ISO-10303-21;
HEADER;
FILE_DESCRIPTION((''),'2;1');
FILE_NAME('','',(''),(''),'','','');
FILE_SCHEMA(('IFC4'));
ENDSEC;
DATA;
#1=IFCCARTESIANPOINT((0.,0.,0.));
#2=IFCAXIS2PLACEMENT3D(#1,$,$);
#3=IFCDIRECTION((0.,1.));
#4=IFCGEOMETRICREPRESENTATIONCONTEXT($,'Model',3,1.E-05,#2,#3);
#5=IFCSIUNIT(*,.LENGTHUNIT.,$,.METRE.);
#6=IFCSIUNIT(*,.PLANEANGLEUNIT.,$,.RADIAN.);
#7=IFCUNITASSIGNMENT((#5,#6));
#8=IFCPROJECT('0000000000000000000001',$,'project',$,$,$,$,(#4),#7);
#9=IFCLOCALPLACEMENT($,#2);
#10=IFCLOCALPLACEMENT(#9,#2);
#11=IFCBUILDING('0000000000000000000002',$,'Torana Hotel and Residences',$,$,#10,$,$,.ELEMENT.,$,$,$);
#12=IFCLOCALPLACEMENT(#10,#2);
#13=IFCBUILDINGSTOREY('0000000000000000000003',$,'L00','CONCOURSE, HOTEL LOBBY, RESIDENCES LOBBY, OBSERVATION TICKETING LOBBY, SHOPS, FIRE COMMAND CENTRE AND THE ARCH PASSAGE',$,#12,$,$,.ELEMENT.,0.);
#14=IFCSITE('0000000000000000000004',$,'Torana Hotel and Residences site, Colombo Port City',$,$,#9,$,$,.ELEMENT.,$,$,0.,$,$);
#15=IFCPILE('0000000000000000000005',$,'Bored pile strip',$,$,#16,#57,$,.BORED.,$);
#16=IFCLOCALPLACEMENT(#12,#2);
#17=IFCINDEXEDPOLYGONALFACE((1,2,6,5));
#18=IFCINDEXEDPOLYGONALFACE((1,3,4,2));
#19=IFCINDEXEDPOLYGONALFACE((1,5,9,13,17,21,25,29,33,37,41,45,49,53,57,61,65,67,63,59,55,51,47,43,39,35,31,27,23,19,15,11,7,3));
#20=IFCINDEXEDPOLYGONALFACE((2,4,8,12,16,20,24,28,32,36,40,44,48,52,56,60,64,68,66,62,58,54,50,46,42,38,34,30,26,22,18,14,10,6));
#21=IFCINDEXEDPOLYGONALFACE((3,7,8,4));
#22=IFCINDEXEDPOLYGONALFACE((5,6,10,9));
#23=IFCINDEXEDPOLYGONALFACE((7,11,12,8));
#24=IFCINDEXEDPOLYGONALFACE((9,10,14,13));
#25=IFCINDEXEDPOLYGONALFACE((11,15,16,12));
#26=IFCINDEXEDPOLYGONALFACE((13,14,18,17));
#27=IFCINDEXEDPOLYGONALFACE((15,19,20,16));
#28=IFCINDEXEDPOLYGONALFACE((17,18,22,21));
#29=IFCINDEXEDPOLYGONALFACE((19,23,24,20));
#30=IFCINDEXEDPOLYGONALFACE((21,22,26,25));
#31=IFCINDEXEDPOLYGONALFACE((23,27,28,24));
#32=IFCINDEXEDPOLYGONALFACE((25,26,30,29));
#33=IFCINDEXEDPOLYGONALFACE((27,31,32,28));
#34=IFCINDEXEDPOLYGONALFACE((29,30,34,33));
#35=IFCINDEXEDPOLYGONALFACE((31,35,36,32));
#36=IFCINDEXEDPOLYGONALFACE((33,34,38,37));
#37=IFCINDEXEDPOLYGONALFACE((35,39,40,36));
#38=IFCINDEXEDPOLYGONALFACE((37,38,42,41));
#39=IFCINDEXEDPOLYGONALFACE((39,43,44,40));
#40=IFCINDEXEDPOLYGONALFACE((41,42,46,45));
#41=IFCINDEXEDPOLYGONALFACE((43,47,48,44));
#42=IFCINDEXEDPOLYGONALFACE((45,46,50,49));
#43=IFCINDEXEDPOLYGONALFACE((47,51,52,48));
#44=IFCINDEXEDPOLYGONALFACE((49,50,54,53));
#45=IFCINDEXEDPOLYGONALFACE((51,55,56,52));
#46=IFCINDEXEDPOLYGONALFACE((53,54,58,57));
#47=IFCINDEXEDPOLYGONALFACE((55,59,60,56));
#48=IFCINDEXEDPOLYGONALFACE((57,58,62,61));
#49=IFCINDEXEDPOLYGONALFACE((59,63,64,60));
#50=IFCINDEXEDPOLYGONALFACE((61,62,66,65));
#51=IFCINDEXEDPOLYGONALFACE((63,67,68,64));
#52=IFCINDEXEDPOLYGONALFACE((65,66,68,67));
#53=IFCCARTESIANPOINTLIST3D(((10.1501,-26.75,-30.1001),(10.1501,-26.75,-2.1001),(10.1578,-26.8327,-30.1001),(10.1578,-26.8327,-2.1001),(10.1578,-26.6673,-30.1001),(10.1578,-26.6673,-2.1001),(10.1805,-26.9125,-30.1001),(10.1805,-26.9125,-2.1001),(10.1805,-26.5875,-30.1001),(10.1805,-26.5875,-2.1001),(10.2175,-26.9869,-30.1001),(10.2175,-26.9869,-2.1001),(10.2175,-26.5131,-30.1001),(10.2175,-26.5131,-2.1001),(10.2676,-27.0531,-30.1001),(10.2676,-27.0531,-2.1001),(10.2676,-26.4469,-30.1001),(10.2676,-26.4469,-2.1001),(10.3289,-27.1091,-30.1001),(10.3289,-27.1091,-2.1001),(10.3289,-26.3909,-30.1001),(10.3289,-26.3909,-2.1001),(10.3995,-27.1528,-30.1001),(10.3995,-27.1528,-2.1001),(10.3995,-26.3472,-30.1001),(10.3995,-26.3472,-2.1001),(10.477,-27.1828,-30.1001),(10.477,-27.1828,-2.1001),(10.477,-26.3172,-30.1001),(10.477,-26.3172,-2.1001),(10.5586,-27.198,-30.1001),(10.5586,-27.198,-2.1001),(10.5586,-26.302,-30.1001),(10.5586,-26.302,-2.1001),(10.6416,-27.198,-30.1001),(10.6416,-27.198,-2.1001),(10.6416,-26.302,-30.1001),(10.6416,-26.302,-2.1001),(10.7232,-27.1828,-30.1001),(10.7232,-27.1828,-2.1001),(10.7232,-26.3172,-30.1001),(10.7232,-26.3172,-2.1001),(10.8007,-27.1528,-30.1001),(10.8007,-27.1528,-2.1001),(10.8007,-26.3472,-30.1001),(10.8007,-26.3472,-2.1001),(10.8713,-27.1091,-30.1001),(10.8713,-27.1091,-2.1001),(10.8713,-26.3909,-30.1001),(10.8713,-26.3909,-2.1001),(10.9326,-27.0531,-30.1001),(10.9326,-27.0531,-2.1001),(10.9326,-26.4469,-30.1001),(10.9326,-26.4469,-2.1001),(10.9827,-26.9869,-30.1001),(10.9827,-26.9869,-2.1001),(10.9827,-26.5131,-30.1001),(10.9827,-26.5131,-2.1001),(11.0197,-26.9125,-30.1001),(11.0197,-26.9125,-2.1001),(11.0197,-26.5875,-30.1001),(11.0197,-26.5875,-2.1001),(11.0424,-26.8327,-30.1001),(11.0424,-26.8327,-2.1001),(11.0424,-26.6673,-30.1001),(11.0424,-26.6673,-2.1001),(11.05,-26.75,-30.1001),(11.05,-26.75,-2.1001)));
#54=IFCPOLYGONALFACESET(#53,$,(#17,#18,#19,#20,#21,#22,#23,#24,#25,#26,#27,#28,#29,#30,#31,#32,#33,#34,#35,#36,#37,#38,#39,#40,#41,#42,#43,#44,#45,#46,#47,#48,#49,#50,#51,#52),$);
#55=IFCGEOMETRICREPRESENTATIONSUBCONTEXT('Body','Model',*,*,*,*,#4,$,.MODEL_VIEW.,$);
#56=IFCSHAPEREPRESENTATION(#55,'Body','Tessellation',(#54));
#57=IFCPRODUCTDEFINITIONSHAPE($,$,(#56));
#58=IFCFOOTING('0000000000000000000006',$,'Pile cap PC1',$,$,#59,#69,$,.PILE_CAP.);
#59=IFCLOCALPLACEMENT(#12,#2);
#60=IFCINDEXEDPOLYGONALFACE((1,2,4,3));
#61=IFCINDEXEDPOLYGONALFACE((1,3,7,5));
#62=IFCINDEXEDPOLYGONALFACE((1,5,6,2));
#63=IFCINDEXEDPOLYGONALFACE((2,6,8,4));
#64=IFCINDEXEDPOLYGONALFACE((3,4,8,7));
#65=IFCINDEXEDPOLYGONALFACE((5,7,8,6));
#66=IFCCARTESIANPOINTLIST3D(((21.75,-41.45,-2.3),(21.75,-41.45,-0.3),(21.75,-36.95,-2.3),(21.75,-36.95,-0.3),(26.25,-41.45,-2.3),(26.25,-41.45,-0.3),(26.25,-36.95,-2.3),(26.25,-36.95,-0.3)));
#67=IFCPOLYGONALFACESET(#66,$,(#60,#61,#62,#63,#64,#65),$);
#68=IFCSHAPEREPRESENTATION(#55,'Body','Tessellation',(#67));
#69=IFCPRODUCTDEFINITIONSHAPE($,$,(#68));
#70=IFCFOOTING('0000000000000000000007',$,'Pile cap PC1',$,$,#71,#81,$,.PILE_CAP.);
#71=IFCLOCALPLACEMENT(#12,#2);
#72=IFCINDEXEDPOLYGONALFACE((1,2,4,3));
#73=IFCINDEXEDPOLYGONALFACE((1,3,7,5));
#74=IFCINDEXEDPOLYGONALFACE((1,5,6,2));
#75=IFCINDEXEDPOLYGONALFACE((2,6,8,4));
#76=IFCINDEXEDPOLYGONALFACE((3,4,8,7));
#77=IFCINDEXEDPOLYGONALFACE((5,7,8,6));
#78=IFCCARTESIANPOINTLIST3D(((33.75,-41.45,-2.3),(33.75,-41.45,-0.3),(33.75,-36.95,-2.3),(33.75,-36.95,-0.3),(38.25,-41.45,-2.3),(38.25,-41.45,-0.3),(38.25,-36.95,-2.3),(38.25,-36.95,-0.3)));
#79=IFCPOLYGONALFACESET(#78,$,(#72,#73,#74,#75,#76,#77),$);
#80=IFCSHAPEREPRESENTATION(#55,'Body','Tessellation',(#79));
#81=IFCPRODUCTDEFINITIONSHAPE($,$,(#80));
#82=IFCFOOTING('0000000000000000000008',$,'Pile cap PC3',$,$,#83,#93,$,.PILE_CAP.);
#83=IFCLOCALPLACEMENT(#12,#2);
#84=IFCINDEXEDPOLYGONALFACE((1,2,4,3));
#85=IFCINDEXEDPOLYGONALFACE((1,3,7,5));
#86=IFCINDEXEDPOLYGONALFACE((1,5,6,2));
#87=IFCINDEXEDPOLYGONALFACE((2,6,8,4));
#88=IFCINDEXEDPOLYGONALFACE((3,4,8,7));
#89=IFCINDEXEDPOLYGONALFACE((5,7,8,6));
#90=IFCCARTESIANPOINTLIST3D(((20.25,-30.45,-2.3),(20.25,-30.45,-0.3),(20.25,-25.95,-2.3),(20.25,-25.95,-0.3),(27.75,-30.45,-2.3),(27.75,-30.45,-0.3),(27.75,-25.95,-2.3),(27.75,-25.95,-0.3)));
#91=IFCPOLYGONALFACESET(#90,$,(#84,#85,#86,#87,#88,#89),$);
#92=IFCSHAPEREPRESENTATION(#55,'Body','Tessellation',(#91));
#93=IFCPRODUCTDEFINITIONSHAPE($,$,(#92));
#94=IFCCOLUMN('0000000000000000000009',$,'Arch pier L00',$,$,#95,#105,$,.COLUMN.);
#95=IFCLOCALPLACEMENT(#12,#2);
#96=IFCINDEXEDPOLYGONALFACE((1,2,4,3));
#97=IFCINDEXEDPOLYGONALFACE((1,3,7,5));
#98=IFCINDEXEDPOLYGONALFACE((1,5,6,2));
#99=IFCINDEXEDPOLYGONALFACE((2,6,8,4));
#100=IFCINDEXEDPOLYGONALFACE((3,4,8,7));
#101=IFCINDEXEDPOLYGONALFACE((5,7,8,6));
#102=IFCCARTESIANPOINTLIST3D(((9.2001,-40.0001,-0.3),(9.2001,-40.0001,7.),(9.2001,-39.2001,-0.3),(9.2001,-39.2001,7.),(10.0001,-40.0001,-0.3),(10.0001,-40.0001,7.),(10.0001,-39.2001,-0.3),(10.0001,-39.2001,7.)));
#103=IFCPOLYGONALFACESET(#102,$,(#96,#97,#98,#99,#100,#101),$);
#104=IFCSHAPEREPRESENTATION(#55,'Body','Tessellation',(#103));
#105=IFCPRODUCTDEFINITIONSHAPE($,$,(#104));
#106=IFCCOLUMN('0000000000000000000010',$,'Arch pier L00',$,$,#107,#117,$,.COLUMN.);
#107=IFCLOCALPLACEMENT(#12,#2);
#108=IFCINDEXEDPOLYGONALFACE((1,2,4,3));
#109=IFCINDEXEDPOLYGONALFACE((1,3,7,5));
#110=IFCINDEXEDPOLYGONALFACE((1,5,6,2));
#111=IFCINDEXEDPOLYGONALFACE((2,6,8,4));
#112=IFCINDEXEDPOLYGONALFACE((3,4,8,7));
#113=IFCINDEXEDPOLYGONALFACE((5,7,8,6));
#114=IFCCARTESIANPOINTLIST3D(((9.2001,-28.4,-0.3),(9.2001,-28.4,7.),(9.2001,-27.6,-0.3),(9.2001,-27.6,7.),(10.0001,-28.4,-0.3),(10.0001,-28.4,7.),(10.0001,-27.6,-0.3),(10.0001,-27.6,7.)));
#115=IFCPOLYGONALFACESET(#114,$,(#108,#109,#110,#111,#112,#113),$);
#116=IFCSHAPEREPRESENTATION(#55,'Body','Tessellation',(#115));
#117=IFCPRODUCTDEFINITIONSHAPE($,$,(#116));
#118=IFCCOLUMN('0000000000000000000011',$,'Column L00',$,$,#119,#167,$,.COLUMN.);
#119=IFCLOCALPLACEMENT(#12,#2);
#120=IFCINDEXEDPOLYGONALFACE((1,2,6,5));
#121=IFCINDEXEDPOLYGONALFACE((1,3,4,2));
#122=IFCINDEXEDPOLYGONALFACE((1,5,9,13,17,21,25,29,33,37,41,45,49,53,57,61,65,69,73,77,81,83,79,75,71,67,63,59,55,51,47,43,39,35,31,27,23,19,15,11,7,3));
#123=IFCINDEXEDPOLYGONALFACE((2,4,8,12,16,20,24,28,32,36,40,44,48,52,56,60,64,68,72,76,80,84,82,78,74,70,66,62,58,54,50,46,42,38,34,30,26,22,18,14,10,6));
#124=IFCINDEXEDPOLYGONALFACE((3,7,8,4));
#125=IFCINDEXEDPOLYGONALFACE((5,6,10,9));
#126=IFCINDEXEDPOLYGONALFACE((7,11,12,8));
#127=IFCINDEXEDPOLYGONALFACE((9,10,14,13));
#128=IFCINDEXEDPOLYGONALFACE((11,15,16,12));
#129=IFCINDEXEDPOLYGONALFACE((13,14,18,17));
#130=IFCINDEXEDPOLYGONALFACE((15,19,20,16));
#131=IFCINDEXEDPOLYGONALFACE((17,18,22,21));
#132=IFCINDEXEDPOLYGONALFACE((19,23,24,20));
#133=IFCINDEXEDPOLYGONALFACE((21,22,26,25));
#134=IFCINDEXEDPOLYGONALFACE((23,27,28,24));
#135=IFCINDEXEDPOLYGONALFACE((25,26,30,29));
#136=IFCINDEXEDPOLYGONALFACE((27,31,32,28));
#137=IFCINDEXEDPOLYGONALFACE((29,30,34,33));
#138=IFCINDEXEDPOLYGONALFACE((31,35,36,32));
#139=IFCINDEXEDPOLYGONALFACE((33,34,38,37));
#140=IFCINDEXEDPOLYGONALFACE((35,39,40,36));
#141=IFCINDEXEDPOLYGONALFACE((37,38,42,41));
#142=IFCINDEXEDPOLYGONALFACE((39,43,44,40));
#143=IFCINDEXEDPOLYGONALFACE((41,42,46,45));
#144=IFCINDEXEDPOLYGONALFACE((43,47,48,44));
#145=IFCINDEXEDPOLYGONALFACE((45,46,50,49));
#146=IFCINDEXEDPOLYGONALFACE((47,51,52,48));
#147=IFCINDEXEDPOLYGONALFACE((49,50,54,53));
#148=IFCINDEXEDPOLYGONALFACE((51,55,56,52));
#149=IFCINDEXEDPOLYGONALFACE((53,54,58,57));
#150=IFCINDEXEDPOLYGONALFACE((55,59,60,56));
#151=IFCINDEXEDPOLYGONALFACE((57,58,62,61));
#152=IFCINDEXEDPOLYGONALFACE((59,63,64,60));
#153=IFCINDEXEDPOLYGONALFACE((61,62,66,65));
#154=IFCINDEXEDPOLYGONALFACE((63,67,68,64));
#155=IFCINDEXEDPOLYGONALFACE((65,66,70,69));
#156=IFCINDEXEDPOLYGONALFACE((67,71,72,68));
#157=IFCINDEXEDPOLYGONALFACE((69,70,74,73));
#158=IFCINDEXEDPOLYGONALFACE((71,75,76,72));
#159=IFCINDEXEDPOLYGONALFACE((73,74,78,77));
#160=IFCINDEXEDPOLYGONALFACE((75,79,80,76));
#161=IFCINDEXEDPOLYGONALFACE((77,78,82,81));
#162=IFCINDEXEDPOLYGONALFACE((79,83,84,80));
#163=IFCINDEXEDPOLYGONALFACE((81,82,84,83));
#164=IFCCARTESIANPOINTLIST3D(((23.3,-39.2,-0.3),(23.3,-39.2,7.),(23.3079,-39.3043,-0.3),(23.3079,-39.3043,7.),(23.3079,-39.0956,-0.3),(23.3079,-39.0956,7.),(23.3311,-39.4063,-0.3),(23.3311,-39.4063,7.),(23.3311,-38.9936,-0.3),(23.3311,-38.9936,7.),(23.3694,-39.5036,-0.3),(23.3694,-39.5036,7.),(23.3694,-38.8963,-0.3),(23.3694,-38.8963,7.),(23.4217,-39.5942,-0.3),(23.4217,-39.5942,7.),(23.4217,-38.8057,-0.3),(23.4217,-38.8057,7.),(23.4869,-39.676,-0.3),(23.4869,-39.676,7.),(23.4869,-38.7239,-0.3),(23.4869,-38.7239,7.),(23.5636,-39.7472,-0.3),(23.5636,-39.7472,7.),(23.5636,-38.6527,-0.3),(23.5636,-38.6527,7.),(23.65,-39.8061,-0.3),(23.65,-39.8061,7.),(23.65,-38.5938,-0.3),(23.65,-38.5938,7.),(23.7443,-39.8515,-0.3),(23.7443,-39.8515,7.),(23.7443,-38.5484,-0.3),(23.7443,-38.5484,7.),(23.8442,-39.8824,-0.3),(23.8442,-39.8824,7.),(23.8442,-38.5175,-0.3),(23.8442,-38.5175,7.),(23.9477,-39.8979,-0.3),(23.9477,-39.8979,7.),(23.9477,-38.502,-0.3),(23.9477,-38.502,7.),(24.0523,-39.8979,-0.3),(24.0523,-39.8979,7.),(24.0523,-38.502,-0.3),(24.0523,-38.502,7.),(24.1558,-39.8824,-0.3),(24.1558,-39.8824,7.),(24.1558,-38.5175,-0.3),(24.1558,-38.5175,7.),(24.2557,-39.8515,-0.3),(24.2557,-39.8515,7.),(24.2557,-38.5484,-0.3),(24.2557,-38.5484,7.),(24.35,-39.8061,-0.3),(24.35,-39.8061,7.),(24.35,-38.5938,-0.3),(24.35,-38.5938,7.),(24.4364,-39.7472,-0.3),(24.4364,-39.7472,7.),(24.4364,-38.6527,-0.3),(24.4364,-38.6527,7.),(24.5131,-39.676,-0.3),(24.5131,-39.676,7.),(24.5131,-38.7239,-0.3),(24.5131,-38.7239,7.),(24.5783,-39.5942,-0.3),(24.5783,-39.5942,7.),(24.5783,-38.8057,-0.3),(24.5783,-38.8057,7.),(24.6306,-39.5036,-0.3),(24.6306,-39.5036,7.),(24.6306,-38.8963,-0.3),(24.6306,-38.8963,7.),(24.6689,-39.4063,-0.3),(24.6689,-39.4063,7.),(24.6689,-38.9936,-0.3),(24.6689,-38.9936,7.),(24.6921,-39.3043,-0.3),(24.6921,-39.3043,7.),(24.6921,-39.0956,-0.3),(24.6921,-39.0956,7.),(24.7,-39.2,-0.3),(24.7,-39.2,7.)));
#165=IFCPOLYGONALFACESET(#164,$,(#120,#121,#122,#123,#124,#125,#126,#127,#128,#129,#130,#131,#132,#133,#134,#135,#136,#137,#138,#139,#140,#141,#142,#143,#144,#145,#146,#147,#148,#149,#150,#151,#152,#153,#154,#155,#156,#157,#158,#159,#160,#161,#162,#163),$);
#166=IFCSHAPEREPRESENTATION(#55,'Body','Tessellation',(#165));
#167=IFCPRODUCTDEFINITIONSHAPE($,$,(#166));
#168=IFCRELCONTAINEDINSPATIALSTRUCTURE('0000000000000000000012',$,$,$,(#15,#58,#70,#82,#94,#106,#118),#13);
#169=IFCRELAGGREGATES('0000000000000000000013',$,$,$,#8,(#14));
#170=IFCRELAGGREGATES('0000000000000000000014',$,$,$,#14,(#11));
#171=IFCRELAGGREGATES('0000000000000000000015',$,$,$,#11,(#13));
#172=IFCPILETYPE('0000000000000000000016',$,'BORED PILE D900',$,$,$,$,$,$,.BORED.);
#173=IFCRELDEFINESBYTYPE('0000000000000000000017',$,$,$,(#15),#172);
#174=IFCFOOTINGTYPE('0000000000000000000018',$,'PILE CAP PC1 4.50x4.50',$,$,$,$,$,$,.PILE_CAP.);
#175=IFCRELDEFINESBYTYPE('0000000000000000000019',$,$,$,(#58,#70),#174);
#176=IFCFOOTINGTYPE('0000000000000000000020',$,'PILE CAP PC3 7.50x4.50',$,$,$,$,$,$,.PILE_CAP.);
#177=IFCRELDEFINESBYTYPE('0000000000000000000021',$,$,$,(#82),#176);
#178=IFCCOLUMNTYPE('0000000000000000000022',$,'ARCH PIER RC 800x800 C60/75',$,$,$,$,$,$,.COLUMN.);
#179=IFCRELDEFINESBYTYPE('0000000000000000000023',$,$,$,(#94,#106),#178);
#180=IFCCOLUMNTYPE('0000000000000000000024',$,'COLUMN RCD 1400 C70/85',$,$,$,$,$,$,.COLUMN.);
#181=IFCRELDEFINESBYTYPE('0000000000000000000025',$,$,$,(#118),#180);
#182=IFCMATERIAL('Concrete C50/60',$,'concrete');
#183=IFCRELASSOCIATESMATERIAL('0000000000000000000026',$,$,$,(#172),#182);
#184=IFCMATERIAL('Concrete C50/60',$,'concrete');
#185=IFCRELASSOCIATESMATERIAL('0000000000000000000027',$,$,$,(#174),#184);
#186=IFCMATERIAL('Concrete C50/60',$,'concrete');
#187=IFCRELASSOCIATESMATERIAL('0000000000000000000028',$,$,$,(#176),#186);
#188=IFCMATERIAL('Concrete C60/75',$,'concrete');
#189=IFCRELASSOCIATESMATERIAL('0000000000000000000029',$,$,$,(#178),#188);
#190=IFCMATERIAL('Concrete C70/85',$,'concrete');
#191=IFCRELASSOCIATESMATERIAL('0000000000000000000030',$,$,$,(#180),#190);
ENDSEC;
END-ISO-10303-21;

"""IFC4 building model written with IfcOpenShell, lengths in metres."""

from ifc_helpers import new_model, si_unit, direction, frame, origin, origin_2d, place, context, subcontext, project, spatial, rectangle, circle, extrude, material, material_profile, profile_set, type_object, element, save


model = new_model("IFC4")

# Units and contexts
model_context = context("Model", 3, precision=1e-05, world=origin(), true_north=direction((0.0, 1.0)))
body_context = subcontext(model_context, "Body", "Model", "MODEL_VIEW")
ifc_project = project(units=[si_unit("LENGTHUNIT", "METRE"), si_unit("PLANEANGLEUNIT", "RADIAN")], contexts=[model_context])

# Site, building, storey
site_placement = place(None, origin())
site = spatial("IfcSite", under=ifc_project, at=site_placement, Name="Torana Hotel and Residences site, Colombo Port City", CompositionType="ELEMENT", RefElevation=0.0)
building_placement = place(site_placement, origin())
building = spatial("IfcBuilding", under=site, at=building_placement, Name="Torana Hotel and Residences", CompositionType="ELEMENT")
storey_placement = place(building_placement, origin())
storey = spatial("IfcBuildingStorey", under=building, at=storey_placement, Name="L00", Description="CONCOURSE, HOTEL LOBBY, RESIDENCES LOBBY, OBSERVATION TICKETING LOBBY, SHOPS, FIRE COMMAND CENTRE AND THE ARCH PASSAGE", CompositionType="ELEMENT", Elevation=0.0)

# Pile
ifc_material_1 = material(Name="Concrete C50/60", Category="concrete")
pile_type_1 = type_object("IfcPileType", Name="BORED PILE D900", PredefinedType="BORED", material=ifc_material_1)
for number, where, z_axis, x_axis, name in (
    (1, (10.6001, -26.75, -2.1001), (0.0, 0.0, -1.0), (1.0, 0.0, 0.0), "Bored pile strip"),
):
    element("IfcPile", number, at=place(storey_placement, frame(where, z_axis=z_axis, x_axis=x_axis)), inside=storey, type_object=pile_type_1, Name=name, PredefinedType="BORED", context=body_context, shape_type="SweptSolid", body=[
        extrude(circle(Radius=0.45, at=origin_2d()), origin(), (0.0, 0.0, 1.0), 28.0),
    ])

# Footings
ifc_material_2 = material(Name="Concrete C50/60", Category="concrete")
footing_type_1 = type_object("IfcFootingType", Name="PILE CAP PC1 4.50x4.50", PredefinedType="PILE_CAP", material=ifc_material_2)
for number, where, z_axis, x_axis, name in (
    (2, (24.0, -39.2, -2.3), (0.0, 0.0, 1.0), (1.0, 0.0, 0.0), "Pile cap PC1"),
    (3, (36.0, -39.2, -2.3), (0.0, 0.0, 1.0), (1.0, 0.0, 0.0), "Pile cap PC1"),
):
    element("IfcFooting", number, at=place(storey_placement, frame(where, z_axis=z_axis, x_axis=x_axis)), inside=storey, type_object=footing_type_1, Name=name, PredefinedType="PILE_CAP", context=body_context, shape_type="SweptSolid", body=[
        extrude(rectangle(XDim=4.5, YDim=4.5, at=origin_2d()), origin(), (0.0, 0.0, 1.0), 2.0),
    ])
ifc_material_3 = material(Name="Concrete C50/60", Category="concrete")
footing_type_2 = type_object("IfcFootingType", Name="PILE CAP PC3 7.50x4.50", PredefinedType="PILE_CAP", material=ifc_material_3)
footing_placement = place(storey_placement, frame((24.0, -28.2, -2.3), z_axis=(0.0, 0.0, 1.0), x_axis=(1.0, 0.0, 0.0)))
element("IfcFooting", 4, at=footing_placement, inside=storey, type_object=footing_type_2, Name="Pile cap PC3", PredefinedType="PILE_CAP", context=body_context, shape_type="SweptSolid", body=[
    extrude(rectangle(XDim=7.5, YDim=4.5, at=origin_2d()), origin(), (0.0, 0.0, 1.0), 2.0),
])

# Columns
ifc_material_4 = material(Name="Concrete C60/75", Category="concrete")
ifc_material_profile_1 = material_profile(ifc_material_4, rectangle(XDim=0.8, YDim=0.8, at=origin_2d()), Name="RC 800x800")
ifc_profile_set_1 = profile_set([ifc_material_profile_1], Name="Concrete C60/75")
column_type_1 = type_object("IfcColumnType", Name="ARCH PIER RC 800x800 C60/75", PredefinedType="COLUMN", material=ifc_profile_set_1)
for number, where, z_axis, x_axis, name in (
    (5, (9.6001, -39.6001, -0.3), (0.0, 0.0, 1.0), (1.0, 0.0, 0.0), "Arch pier L00"),
    (6, (9.6001, -28.0, -0.3), (0.0, 0.0, 1.0), (1.0, 0.0, 0.0), "Arch pier L00"),
):
    element("IfcColumn", number, at=place(storey_placement, frame(where, z_axis=z_axis, x_axis=x_axis)), inside=storey, type_object=column_type_1, Name=name, PredefinedType="COLUMN", context=body_context, shape_type="SweptSolid", body=[
        extrude(rectangle(XDim=0.8, YDim=0.8, at=origin_2d()), origin(), (0.0, 0.0, 1.0), 7.3),
    ])
ifc_material_5 = material(Name="Concrete C70/85", Category="concrete")
ifc_material_profile_2 = material_profile(ifc_material_5, circle(Radius=0.7, at=origin_2d()), Name="RCD 1400")
ifc_profile_set_2 = profile_set([ifc_material_profile_2], Name="Concrete C70/85")
column_type_2 = type_object("IfcColumnType", Name="COLUMN RCD 1400 C70/85", PredefinedType="COLUMN", material=ifc_profile_set_2)
column_1_placement = place(storey_placement, frame((24.0, -39.2, -0.3), z_axis=(0.0, 0.0, 1.0), x_axis=(1.0, 0.0, 0.0)))
element("IfcColumn", 7, at=column_1_placement, inside=storey, type_object=column_type_2, Name="Column L00", PredefinedType="COLUMN", context=body_context, shape_type="SweptSolid", body=[
    extrude(circle(Radius=0.7, at=origin_2d()), origin(), (0.0, 0.0, 1.0), 7.3),
])

save(model, "model.ifc")
